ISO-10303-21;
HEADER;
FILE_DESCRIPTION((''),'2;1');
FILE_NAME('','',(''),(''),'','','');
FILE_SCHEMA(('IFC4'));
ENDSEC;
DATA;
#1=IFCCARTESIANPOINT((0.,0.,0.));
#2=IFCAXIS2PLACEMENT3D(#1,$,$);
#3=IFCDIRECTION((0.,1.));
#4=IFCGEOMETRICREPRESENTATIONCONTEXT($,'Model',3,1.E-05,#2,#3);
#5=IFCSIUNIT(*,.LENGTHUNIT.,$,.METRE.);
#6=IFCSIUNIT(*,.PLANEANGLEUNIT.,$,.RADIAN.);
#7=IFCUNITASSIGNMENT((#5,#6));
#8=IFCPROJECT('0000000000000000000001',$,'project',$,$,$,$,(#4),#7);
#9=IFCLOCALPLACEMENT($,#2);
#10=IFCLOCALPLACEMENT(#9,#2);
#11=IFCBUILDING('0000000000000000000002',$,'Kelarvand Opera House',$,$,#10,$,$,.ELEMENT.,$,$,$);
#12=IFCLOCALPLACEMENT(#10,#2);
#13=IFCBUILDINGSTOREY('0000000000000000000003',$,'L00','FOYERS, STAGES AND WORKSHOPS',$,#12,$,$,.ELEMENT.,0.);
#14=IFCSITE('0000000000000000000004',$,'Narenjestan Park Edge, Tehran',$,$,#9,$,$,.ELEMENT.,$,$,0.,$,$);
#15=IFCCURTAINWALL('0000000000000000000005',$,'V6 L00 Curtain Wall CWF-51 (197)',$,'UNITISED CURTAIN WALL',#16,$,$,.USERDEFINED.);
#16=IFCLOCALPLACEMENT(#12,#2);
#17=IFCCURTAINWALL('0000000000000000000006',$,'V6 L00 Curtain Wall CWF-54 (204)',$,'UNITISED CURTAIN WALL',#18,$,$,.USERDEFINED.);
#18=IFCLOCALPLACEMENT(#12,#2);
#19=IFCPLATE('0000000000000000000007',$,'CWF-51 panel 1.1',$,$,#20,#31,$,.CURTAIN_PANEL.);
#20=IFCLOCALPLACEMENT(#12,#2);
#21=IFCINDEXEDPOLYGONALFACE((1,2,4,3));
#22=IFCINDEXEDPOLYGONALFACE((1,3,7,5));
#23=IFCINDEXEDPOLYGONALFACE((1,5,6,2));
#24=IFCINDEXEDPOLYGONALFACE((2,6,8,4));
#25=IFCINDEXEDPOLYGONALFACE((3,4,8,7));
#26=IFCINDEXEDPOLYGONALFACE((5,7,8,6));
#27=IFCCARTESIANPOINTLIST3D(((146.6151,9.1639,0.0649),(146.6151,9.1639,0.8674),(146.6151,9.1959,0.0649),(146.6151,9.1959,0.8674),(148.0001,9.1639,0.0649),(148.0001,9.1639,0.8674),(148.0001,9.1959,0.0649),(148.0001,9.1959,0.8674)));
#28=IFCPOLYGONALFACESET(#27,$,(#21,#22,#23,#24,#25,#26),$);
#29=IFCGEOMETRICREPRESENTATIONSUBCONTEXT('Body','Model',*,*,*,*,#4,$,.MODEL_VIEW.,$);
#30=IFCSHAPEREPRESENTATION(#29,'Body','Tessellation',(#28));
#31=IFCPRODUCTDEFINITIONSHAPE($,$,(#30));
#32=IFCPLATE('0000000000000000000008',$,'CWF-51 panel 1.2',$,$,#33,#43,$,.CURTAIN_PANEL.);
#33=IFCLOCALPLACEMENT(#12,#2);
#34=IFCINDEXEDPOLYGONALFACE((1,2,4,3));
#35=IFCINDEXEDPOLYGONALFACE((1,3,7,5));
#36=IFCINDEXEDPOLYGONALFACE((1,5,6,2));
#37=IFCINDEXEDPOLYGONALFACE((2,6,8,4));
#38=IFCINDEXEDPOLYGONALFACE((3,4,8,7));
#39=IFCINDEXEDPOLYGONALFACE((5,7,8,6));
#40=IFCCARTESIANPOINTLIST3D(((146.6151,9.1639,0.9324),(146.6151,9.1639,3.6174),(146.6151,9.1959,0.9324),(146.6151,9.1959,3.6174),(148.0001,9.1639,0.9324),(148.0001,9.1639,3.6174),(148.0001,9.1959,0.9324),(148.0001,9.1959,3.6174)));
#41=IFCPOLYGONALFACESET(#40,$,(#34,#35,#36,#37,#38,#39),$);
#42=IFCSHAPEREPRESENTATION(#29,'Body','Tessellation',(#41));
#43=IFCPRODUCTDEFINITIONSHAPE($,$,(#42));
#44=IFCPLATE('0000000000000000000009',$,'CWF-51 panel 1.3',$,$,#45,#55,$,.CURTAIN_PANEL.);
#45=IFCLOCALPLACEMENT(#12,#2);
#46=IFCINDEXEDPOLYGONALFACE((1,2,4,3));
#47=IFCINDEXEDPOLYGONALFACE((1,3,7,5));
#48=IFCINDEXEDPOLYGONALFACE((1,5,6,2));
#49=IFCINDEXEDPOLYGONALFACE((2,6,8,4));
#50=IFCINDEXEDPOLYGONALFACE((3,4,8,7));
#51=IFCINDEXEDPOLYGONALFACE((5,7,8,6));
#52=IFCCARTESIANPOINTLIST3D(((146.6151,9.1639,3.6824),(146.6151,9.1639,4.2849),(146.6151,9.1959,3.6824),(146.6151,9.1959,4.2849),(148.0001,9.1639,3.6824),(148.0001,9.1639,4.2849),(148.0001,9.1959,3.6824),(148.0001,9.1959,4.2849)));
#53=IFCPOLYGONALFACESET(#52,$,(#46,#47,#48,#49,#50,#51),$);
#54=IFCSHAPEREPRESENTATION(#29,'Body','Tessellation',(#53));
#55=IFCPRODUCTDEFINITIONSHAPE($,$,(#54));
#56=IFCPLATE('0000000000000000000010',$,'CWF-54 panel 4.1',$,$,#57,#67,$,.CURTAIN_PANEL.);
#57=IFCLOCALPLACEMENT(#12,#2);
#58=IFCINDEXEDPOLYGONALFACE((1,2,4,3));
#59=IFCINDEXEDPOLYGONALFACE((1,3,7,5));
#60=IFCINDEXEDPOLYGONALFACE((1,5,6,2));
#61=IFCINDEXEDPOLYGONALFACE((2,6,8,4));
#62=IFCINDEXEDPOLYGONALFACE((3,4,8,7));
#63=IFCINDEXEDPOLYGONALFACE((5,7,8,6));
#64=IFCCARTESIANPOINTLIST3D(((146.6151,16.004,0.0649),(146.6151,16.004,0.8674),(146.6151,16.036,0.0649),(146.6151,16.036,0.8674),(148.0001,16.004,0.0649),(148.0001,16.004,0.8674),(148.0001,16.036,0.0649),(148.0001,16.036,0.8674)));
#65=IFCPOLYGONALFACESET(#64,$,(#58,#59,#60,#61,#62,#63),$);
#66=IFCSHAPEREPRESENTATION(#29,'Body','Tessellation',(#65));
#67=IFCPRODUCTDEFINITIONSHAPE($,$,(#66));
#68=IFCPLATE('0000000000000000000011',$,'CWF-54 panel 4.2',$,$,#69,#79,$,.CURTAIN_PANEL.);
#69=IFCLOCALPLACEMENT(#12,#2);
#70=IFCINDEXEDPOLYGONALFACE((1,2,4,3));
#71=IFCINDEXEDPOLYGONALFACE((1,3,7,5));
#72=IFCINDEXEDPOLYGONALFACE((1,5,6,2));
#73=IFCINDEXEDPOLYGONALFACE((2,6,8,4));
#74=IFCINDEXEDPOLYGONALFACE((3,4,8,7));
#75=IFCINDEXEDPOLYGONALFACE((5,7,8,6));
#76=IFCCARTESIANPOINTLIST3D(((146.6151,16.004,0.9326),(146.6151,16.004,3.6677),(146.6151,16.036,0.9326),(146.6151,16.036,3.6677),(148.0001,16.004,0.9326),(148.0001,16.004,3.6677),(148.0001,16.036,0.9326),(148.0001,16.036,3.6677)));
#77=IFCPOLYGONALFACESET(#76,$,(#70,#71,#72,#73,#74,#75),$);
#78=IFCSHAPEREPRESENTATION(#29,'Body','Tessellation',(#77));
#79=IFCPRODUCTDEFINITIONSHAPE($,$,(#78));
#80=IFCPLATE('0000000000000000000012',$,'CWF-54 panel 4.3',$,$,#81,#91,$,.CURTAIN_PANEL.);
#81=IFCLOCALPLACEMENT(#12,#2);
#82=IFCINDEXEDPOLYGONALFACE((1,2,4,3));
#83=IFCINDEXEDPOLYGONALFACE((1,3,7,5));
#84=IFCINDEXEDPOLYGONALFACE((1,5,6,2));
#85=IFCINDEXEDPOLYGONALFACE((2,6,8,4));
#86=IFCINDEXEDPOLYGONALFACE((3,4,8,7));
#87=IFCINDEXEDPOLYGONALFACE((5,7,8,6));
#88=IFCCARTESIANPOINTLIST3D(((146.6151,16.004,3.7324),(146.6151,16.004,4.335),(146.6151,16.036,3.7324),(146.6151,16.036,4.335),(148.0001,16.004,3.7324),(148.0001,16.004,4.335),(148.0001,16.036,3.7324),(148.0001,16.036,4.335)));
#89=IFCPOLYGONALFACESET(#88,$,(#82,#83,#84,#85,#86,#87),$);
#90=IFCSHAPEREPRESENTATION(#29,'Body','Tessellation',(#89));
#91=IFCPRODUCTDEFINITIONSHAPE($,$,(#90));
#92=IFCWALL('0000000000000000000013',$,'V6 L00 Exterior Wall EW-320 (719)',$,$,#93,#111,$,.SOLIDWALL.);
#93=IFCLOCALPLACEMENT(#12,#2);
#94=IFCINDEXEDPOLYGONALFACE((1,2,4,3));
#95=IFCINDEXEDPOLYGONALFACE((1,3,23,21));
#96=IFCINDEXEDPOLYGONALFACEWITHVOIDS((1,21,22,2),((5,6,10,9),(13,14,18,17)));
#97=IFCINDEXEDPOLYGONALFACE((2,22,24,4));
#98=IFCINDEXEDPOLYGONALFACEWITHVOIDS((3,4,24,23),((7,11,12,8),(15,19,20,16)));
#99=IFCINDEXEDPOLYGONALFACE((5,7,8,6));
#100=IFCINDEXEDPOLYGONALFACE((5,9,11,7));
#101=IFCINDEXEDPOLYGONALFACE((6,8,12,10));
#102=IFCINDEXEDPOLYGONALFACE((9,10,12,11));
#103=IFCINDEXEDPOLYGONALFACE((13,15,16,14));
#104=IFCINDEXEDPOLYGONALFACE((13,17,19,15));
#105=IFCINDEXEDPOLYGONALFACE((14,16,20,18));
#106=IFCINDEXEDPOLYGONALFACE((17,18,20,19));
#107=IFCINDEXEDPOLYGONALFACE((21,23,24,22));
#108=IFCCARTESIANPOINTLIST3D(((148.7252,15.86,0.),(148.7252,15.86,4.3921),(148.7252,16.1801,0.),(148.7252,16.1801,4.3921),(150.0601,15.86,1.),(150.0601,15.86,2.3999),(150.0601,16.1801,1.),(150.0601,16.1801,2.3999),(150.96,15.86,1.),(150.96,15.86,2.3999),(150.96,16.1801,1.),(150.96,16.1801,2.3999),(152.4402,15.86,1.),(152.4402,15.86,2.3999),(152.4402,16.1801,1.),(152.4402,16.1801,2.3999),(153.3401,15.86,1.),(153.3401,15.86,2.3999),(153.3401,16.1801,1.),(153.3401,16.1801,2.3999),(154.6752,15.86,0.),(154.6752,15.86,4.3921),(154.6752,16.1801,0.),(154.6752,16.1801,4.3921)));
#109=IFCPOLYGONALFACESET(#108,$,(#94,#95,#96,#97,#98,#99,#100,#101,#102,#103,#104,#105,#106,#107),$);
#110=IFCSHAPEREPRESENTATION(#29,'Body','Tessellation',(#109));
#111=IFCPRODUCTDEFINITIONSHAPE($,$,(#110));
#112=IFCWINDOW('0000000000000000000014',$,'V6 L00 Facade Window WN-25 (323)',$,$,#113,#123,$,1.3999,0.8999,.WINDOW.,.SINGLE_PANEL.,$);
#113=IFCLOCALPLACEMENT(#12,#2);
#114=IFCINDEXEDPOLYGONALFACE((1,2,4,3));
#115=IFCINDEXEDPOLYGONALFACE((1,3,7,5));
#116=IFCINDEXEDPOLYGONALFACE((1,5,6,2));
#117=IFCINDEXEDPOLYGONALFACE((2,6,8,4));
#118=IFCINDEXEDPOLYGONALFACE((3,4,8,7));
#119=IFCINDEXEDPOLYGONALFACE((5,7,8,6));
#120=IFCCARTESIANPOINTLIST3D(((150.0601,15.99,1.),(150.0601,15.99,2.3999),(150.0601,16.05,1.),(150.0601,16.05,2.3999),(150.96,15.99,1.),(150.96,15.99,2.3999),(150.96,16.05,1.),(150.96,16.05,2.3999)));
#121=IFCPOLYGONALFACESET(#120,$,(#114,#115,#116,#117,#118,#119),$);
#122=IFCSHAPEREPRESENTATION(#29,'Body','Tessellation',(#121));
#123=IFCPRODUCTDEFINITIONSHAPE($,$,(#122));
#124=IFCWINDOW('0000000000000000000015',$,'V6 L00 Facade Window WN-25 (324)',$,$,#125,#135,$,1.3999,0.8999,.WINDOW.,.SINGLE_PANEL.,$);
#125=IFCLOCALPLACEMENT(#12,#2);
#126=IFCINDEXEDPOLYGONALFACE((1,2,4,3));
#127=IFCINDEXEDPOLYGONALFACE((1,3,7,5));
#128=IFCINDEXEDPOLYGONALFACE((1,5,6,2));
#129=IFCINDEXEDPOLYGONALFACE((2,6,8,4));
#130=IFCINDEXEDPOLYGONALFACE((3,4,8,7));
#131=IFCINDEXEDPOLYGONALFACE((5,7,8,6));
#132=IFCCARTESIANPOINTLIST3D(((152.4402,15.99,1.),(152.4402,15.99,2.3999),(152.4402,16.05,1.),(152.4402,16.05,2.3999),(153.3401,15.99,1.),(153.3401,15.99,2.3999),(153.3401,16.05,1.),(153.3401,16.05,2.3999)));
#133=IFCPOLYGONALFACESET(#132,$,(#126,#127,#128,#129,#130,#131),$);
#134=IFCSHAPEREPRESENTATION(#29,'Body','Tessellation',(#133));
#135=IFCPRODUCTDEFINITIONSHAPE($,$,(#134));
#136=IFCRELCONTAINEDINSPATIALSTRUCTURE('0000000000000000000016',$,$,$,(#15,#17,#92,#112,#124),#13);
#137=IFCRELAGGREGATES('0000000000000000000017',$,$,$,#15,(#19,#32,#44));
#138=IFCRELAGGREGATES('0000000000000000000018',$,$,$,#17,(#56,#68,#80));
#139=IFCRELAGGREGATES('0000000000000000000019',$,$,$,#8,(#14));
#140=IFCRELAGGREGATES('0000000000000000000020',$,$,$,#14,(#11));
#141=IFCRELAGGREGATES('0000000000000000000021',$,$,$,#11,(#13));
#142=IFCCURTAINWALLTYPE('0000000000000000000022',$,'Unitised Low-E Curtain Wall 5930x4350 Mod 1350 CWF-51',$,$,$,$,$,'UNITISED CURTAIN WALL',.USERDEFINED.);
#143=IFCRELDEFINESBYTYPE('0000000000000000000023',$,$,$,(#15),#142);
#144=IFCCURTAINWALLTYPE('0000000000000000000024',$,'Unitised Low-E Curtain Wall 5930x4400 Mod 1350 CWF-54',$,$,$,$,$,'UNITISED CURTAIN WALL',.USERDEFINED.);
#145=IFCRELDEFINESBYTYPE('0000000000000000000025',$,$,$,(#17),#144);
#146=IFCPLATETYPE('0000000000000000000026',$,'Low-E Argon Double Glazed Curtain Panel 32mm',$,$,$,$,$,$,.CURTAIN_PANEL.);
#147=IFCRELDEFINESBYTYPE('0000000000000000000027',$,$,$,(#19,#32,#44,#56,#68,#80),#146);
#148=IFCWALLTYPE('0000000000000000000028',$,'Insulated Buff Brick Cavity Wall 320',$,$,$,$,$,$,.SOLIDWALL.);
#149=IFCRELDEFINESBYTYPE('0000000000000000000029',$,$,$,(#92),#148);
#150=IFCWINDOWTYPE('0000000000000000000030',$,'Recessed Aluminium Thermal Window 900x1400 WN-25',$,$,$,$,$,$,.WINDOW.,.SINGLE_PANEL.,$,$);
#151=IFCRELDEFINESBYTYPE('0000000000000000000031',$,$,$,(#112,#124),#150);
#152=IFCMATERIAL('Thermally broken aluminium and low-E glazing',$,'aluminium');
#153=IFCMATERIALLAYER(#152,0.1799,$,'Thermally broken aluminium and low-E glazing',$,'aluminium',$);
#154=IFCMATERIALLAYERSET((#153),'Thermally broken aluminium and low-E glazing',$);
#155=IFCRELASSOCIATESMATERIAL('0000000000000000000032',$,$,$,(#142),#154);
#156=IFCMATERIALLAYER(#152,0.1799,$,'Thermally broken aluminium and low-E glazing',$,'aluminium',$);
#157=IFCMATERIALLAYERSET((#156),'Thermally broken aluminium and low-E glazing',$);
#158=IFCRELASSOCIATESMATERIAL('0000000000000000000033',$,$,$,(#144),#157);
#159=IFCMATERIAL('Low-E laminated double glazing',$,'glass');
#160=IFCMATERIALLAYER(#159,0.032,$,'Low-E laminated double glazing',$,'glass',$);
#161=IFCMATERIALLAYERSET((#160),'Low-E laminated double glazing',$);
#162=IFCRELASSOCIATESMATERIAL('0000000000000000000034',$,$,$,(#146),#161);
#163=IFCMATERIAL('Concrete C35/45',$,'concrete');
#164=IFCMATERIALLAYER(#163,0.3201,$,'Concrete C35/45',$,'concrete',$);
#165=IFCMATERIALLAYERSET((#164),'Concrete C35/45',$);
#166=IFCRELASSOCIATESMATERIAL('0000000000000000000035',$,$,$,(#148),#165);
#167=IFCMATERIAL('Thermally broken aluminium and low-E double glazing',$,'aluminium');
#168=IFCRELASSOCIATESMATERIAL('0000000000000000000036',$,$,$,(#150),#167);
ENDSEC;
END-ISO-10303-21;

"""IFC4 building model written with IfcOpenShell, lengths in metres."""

from ifc_helpers import new_model, si_unit, direction, frame, frame_2d, origin, origin_2d, place, context, subcontext, project, spatial, rectangle, extrude, material, layer, layer_set, type_object, element, fill, aggregate, save


model = new_model("IFC4")

# Units and contexts
model_context = context("Model", 3, precision=1e-05, world=origin(), true_north=direction((0.0, 1.0)))
body_context = subcontext(model_context, "Body", "Model", "MODEL_VIEW")
ifc_project = project(units=[si_unit("LENGTHUNIT", "METRE"), si_unit("PLANEANGLEUNIT", "RADIAN")], contexts=[model_context])

# Site, building, storey
site_placement = place(None, origin())
site = spatial("IfcSite", under=ifc_project, at=site_placement, Name="Narenjestan Park Edge, Tehran", CompositionType="ELEMENT", RefElevation=0.0)
building_placement = place(site_placement, origin())
building = spatial("IfcBuilding", under=site, at=building_placement, Name="Kelarvand Opera House", CompositionType="ELEMENT")
storey_placement = place(building_placement, origin())
storey = spatial("IfcBuildingStorey", under=building, at=storey_placement, Name="L00", Description="FOYERS, STAGES AND WORKSHOPS", CompositionType="ELEMENT", Elevation=0.0)

# Curtain walls
ifc_material_1 = material(Name="Thermally broken aluminium and low-E glazing", Category="aluminium")
ifc_layer_1 = layer(ifc_material_1, 0.1799, Name="Thermally broken aluminium and low-E glazing", Category="aluminium")
ifc_layer_set_1 = layer_set([ifc_layer_1], Name="Thermally broken aluminium and low-E glazing")
curtain_wall_type_1 = type_object("IfcCurtainWallType", Name="Unitised Low-E Curtain Wall 5930x4350 Mod 1350 CWF-51", ElementType="UNITISED CURTAIN WALL", PredefinedType="USERDEFINED", material=ifc_layer_set_1)
curtain_wall_1_placement = place(storey_placement, origin())
curtain_wall_1 = element("IfcCurtainWall", 1, at=curtain_wall_1_placement, inside=storey, type_object=curtain_wall_type_1, Name="V6 L00 Curtain Wall CWF-51 (197)", ObjectType="UNITISED CURTAIN WALL", PredefinedType="USERDEFINED")
ifc_layer_2 = layer(ifc_material_1, 0.1799, Name="Thermally broken aluminium and low-E glazing", Category="aluminium")
ifc_layer_set_2 = layer_set([ifc_layer_2], Name="Thermally broken aluminium and low-E glazing")
curtain_wall_type_2 = type_object("IfcCurtainWallType", Name="Unitised Low-E Curtain Wall 5930x4400 Mod 1350 CWF-54", ElementType="UNITISED CURTAIN WALL", PredefinedType="USERDEFINED", material=ifc_layer_set_2)
curtain_wall_2_placement = place(storey_placement, origin())
curtain_wall_2 = element("IfcCurtainWall", 2, at=curtain_wall_2_placement, inside=storey, type_object=curtain_wall_type_2, Name="V6 L00 Curtain Wall CWF-54 (204)", ObjectType="UNITISED CURTAIN WALL", PredefinedType="USERDEFINED")

# Plates
ifc_material_2 = material(Name="Low-E laminated double glazing", Category="glass")
ifc_layer_3 = layer(ifc_material_2, 0.032, Name="Low-E laminated double glazing", Category="glass")
ifc_layer_set_3 = layer_set([ifc_layer_3], Name="Low-E laminated double glazing")
plate_type = type_object("IfcPlateType", Name="Low-E Argon Double Glazed Curtain Panel 32mm", PredefinedType="CURTAIN_PANEL", material=ifc_layer_set_3)
plate_1_placement = place(storey_placement, frame((147.3076, 9.1799, 0.0649), z_axis=(0.0, 0.0, 1.0), x_axis=(-1.0, 0.0, 0.0)))
plate_1 = element("IfcPlate", 3, at=plate_1_placement, type_object=plate_type, Name="CWF-51 panel 1.1", PredefinedType="CURTAIN_PANEL", context=body_context, shape_type="SweptSolid", body=[
    extrude(rectangle(XDim=1.385, YDim=0.032, at=origin_2d()), origin(), (0.0, 0.0, 1.0), 0.8025),
])
plate_2_placement = place(storey_placement, frame((147.3076, 9.1799, 0.9324), z_axis=(0.0, 0.0, 1.0), x_axis=(-1.0, 0.0, 0.0)))
plate_2 = element("IfcPlate", 4, at=plate_2_placement, type_object=plate_type, Name="CWF-51 panel 1.2", PredefinedType="CURTAIN_PANEL", context=body_context, shape_type="SweptSolid", body=[
    extrude(rectangle(XDim=1.385, YDim=0.032, at=origin_2d()), origin(), (0.0, 0.0, 1.0), 2.6851),
])
plate_3_placement = place(storey_placement, frame((147.3076, 9.1799, 3.6824), z_axis=(0.0, 0.0, 1.0), x_axis=(-1.0, 0.0, 0.0)))
plate_3 = element("IfcPlate", 5, at=plate_3_placement, type_object=plate_type, Name="CWF-51 panel 1.3", PredefinedType="CURTAIN_PANEL", context=body_context, shape_type="SweptSolid", body=[
    extrude(rectangle(XDim=1.385, YDim=0.032, at=origin_2d()), origin(), (0.0, 0.0, 1.0), 0.6025),
])
aggregate(curtain_wall_1, [plate_1, plate_2, plate_3])
plate_4_placement = place(storey_placement, frame((147.3076, 16.02, 0.0649), z_axis=(0.0, 0.0, 1.0), x_axis=(1.0, 0.0, 0.0)))
plate_4 = element("IfcPlate", 6, at=plate_4_placement, type_object=plate_type, Name="CWF-54 panel 4.1", PredefinedType="CURTAIN_PANEL", context=body_context, shape_type="SweptSolid", body=[
    extrude(rectangle(XDim=1.385, YDim=0.032, at=origin_2d()), origin(), (0.0, 0.0, 1.0), 0.8025),
])
plate_5_placement = place(storey_placement, frame((147.3076, 16.02, 0.9326), z_axis=(0.0, 0.0, 1.0), x_axis=(1.0, 0.0, 0.0)))
plate_5 = element("IfcPlate", 7, at=plate_5_placement, type_object=plate_type, Name="CWF-54 panel 4.2", PredefinedType="CURTAIN_PANEL", context=body_context, shape_type="SweptSolid", body=[
    extrude(rectangle(XDim=1.385, YDim=0.032, at=origin_2d()), origin(), (0.0, 0.0, 1.0), 2.7351),
])
plate_6_placement = place(storey_placement, frame((147.3076, 16.02, 3.7324), z_axis=(0.0, 0.0, 1.0), x_axis=(1.0, 0.0, 0.0)))
plate_6 = element("IfcPlate", 8, at=plate_6_placement, type_object=plate_type, Name="CWF-54 panel 4.3", PredefinedType="CURTAIN_PANEL", context=body_context, shape_type="SweptSolid", body=[
    extrude(rectangle(XDim=1.385, YDim=0.032, at=origin_2d()), origin(), (0.0, 0.0, 1.0), 0.6025),
])
aggregate(curtain_wall_2, [plate_4, plate_5, plate_6])

# Wall, openings, windows
ifc_material_3 = material(Name="Concrete C35/45", Category="concrete")
ifc_layer_4 = layer(ifc_material_3, 0.3201, Name="Concrete C35/45", Category="concrete")
ifc_layer_set_4 = layer_set([ifc_layer_4], Name="Concrete C35/45")
wall_type = type_object("IfcWallType", Name="Insulated Buff Brick Cavity Wall 320", PredefinedType="SOLIDWALL", material=ifc_layer_set_4)
wall_placement = place(storey_placement, frame((148.7251, 16.02, 0.0), z_axis=(0.0, 0.0, 1.0), x_axis=(1.0, 0.0, 0.0)))
wall = element("IfcWall", 9, at=wall_placement, inside=storey, type_object=wall_type, Name="V6 L00 Exterior Wall EW-320 (719)", PredefinedType="SOLIDWALL", context=body_context, shape_type="SweptSolid", body=[
    extrude(rectangle(XDim=5.95, YDim=0.3201, at=frame_2d((2.9751, 0.0))), origin(), (0.0, 0.0, 1.0), 4.3921),
])
opening_1_placement = place(wall_placement, frame((1.335, 0.0, 1.0)))
opening_1 = element("IfcOpeningElement", 10, at=opening_1_placement, cuts=wall, PredefinedType="OPENING", context=body_context, shape_type="SweptSolid", body=[
    extrude(rectangle(XDim=0.8999, YDim=1.3999, at=frame_2d((0.45, 0.7))), frame((0.0, 0.1699, 0.0), z_axis=(0.0, -1.0, 0.0), x_axis=(1.0, 0.0, 0.0)), (0.0, 0.0, 1.0), 0.3401),
])
opening_2_placement = place(wall_placement, frame((3.7151, 0.0, 1.0)))
opening_2 = element("IfcOpeningElement", 11, at=opening_2_placement, cuts=wall, PredefinedType="OPENING", context=body_context, shape_type="SweptSolid", body=[
    extrude(rectangle(XDim=0.8999, YDim=1.3999, at=frame_2d((0.45, 0.7))), frame((0.0, 0.1699, 0.0), z_axis=(0.0, -1.0, 0.0), x_axis=(1.0, 0.0, 0.0)), (0.0, 0.0, 1.0), 0.3401),
])
ifc_material_4 = material(Name="Thermally broken aluminium and low-E double glazing", Category="aluminium")
window_type = type_object("IfcWindowType", Name="Recessed Aluminium Thermal Window 900x1400 WN-25", PartitioningType="SINGLE_PANEL", PredefinedType="WINDOW", material=ifc_material_4)
window_1_placement = place(opening_1_placement, origin())
window_1 = element("IfcWindow", 12, at=window_1_placement, inside=storey, type_object=window_type, Name="V6 L00 Facade Window WN-25 (323)", OverallHeight=1.3999, OverallWidth=0.8999, PartitioningType="SINGLE_PANEL", PredefinedType="WINDOW", context=body_context, shape_type="SweptSolid", body=[
    extrude(rectangle(XDim=0.8999, YDim=1.3999, at=frame_2d((0.45, 0.7))), frame((0.0, 0.03, 0.0), z_axis=(0.0, -1.0, 0.0), x_axis=(1.0, 0.0, 0.0)), (0.0, 0.0, 1.0), 0.0601),
])
fill(opening_1, window_1)
window_2_placement = place(opening_2_placement, origin())
window_2 = element("IfcWindow", 13, at=window_2_placement, inside=storey, type_object=window_type, Name="V6 L00 Facade Window WN-25 (324)", OverallHeight=1.3999, OverallWidth=0.8999, PartitioningType="SINGLE_PANEL", PredefinedType="WINDOW", context=body_context, shape_type="SweptSolid", body=[
    extrude(rectangle(XDim=0.8999, YDim=1.3999, at=frame_2d((0.45, 0.7))), frame((0.0, 0.03, 0.0), z_axis=(0.0, -1.0, 0.0), x_axis=(1.0, 0.0, 0.0)), (0.0, 0.0, 1.0), 0.0601),
])
fill(opening_2, window_2)

save(model, "model.ifc")
